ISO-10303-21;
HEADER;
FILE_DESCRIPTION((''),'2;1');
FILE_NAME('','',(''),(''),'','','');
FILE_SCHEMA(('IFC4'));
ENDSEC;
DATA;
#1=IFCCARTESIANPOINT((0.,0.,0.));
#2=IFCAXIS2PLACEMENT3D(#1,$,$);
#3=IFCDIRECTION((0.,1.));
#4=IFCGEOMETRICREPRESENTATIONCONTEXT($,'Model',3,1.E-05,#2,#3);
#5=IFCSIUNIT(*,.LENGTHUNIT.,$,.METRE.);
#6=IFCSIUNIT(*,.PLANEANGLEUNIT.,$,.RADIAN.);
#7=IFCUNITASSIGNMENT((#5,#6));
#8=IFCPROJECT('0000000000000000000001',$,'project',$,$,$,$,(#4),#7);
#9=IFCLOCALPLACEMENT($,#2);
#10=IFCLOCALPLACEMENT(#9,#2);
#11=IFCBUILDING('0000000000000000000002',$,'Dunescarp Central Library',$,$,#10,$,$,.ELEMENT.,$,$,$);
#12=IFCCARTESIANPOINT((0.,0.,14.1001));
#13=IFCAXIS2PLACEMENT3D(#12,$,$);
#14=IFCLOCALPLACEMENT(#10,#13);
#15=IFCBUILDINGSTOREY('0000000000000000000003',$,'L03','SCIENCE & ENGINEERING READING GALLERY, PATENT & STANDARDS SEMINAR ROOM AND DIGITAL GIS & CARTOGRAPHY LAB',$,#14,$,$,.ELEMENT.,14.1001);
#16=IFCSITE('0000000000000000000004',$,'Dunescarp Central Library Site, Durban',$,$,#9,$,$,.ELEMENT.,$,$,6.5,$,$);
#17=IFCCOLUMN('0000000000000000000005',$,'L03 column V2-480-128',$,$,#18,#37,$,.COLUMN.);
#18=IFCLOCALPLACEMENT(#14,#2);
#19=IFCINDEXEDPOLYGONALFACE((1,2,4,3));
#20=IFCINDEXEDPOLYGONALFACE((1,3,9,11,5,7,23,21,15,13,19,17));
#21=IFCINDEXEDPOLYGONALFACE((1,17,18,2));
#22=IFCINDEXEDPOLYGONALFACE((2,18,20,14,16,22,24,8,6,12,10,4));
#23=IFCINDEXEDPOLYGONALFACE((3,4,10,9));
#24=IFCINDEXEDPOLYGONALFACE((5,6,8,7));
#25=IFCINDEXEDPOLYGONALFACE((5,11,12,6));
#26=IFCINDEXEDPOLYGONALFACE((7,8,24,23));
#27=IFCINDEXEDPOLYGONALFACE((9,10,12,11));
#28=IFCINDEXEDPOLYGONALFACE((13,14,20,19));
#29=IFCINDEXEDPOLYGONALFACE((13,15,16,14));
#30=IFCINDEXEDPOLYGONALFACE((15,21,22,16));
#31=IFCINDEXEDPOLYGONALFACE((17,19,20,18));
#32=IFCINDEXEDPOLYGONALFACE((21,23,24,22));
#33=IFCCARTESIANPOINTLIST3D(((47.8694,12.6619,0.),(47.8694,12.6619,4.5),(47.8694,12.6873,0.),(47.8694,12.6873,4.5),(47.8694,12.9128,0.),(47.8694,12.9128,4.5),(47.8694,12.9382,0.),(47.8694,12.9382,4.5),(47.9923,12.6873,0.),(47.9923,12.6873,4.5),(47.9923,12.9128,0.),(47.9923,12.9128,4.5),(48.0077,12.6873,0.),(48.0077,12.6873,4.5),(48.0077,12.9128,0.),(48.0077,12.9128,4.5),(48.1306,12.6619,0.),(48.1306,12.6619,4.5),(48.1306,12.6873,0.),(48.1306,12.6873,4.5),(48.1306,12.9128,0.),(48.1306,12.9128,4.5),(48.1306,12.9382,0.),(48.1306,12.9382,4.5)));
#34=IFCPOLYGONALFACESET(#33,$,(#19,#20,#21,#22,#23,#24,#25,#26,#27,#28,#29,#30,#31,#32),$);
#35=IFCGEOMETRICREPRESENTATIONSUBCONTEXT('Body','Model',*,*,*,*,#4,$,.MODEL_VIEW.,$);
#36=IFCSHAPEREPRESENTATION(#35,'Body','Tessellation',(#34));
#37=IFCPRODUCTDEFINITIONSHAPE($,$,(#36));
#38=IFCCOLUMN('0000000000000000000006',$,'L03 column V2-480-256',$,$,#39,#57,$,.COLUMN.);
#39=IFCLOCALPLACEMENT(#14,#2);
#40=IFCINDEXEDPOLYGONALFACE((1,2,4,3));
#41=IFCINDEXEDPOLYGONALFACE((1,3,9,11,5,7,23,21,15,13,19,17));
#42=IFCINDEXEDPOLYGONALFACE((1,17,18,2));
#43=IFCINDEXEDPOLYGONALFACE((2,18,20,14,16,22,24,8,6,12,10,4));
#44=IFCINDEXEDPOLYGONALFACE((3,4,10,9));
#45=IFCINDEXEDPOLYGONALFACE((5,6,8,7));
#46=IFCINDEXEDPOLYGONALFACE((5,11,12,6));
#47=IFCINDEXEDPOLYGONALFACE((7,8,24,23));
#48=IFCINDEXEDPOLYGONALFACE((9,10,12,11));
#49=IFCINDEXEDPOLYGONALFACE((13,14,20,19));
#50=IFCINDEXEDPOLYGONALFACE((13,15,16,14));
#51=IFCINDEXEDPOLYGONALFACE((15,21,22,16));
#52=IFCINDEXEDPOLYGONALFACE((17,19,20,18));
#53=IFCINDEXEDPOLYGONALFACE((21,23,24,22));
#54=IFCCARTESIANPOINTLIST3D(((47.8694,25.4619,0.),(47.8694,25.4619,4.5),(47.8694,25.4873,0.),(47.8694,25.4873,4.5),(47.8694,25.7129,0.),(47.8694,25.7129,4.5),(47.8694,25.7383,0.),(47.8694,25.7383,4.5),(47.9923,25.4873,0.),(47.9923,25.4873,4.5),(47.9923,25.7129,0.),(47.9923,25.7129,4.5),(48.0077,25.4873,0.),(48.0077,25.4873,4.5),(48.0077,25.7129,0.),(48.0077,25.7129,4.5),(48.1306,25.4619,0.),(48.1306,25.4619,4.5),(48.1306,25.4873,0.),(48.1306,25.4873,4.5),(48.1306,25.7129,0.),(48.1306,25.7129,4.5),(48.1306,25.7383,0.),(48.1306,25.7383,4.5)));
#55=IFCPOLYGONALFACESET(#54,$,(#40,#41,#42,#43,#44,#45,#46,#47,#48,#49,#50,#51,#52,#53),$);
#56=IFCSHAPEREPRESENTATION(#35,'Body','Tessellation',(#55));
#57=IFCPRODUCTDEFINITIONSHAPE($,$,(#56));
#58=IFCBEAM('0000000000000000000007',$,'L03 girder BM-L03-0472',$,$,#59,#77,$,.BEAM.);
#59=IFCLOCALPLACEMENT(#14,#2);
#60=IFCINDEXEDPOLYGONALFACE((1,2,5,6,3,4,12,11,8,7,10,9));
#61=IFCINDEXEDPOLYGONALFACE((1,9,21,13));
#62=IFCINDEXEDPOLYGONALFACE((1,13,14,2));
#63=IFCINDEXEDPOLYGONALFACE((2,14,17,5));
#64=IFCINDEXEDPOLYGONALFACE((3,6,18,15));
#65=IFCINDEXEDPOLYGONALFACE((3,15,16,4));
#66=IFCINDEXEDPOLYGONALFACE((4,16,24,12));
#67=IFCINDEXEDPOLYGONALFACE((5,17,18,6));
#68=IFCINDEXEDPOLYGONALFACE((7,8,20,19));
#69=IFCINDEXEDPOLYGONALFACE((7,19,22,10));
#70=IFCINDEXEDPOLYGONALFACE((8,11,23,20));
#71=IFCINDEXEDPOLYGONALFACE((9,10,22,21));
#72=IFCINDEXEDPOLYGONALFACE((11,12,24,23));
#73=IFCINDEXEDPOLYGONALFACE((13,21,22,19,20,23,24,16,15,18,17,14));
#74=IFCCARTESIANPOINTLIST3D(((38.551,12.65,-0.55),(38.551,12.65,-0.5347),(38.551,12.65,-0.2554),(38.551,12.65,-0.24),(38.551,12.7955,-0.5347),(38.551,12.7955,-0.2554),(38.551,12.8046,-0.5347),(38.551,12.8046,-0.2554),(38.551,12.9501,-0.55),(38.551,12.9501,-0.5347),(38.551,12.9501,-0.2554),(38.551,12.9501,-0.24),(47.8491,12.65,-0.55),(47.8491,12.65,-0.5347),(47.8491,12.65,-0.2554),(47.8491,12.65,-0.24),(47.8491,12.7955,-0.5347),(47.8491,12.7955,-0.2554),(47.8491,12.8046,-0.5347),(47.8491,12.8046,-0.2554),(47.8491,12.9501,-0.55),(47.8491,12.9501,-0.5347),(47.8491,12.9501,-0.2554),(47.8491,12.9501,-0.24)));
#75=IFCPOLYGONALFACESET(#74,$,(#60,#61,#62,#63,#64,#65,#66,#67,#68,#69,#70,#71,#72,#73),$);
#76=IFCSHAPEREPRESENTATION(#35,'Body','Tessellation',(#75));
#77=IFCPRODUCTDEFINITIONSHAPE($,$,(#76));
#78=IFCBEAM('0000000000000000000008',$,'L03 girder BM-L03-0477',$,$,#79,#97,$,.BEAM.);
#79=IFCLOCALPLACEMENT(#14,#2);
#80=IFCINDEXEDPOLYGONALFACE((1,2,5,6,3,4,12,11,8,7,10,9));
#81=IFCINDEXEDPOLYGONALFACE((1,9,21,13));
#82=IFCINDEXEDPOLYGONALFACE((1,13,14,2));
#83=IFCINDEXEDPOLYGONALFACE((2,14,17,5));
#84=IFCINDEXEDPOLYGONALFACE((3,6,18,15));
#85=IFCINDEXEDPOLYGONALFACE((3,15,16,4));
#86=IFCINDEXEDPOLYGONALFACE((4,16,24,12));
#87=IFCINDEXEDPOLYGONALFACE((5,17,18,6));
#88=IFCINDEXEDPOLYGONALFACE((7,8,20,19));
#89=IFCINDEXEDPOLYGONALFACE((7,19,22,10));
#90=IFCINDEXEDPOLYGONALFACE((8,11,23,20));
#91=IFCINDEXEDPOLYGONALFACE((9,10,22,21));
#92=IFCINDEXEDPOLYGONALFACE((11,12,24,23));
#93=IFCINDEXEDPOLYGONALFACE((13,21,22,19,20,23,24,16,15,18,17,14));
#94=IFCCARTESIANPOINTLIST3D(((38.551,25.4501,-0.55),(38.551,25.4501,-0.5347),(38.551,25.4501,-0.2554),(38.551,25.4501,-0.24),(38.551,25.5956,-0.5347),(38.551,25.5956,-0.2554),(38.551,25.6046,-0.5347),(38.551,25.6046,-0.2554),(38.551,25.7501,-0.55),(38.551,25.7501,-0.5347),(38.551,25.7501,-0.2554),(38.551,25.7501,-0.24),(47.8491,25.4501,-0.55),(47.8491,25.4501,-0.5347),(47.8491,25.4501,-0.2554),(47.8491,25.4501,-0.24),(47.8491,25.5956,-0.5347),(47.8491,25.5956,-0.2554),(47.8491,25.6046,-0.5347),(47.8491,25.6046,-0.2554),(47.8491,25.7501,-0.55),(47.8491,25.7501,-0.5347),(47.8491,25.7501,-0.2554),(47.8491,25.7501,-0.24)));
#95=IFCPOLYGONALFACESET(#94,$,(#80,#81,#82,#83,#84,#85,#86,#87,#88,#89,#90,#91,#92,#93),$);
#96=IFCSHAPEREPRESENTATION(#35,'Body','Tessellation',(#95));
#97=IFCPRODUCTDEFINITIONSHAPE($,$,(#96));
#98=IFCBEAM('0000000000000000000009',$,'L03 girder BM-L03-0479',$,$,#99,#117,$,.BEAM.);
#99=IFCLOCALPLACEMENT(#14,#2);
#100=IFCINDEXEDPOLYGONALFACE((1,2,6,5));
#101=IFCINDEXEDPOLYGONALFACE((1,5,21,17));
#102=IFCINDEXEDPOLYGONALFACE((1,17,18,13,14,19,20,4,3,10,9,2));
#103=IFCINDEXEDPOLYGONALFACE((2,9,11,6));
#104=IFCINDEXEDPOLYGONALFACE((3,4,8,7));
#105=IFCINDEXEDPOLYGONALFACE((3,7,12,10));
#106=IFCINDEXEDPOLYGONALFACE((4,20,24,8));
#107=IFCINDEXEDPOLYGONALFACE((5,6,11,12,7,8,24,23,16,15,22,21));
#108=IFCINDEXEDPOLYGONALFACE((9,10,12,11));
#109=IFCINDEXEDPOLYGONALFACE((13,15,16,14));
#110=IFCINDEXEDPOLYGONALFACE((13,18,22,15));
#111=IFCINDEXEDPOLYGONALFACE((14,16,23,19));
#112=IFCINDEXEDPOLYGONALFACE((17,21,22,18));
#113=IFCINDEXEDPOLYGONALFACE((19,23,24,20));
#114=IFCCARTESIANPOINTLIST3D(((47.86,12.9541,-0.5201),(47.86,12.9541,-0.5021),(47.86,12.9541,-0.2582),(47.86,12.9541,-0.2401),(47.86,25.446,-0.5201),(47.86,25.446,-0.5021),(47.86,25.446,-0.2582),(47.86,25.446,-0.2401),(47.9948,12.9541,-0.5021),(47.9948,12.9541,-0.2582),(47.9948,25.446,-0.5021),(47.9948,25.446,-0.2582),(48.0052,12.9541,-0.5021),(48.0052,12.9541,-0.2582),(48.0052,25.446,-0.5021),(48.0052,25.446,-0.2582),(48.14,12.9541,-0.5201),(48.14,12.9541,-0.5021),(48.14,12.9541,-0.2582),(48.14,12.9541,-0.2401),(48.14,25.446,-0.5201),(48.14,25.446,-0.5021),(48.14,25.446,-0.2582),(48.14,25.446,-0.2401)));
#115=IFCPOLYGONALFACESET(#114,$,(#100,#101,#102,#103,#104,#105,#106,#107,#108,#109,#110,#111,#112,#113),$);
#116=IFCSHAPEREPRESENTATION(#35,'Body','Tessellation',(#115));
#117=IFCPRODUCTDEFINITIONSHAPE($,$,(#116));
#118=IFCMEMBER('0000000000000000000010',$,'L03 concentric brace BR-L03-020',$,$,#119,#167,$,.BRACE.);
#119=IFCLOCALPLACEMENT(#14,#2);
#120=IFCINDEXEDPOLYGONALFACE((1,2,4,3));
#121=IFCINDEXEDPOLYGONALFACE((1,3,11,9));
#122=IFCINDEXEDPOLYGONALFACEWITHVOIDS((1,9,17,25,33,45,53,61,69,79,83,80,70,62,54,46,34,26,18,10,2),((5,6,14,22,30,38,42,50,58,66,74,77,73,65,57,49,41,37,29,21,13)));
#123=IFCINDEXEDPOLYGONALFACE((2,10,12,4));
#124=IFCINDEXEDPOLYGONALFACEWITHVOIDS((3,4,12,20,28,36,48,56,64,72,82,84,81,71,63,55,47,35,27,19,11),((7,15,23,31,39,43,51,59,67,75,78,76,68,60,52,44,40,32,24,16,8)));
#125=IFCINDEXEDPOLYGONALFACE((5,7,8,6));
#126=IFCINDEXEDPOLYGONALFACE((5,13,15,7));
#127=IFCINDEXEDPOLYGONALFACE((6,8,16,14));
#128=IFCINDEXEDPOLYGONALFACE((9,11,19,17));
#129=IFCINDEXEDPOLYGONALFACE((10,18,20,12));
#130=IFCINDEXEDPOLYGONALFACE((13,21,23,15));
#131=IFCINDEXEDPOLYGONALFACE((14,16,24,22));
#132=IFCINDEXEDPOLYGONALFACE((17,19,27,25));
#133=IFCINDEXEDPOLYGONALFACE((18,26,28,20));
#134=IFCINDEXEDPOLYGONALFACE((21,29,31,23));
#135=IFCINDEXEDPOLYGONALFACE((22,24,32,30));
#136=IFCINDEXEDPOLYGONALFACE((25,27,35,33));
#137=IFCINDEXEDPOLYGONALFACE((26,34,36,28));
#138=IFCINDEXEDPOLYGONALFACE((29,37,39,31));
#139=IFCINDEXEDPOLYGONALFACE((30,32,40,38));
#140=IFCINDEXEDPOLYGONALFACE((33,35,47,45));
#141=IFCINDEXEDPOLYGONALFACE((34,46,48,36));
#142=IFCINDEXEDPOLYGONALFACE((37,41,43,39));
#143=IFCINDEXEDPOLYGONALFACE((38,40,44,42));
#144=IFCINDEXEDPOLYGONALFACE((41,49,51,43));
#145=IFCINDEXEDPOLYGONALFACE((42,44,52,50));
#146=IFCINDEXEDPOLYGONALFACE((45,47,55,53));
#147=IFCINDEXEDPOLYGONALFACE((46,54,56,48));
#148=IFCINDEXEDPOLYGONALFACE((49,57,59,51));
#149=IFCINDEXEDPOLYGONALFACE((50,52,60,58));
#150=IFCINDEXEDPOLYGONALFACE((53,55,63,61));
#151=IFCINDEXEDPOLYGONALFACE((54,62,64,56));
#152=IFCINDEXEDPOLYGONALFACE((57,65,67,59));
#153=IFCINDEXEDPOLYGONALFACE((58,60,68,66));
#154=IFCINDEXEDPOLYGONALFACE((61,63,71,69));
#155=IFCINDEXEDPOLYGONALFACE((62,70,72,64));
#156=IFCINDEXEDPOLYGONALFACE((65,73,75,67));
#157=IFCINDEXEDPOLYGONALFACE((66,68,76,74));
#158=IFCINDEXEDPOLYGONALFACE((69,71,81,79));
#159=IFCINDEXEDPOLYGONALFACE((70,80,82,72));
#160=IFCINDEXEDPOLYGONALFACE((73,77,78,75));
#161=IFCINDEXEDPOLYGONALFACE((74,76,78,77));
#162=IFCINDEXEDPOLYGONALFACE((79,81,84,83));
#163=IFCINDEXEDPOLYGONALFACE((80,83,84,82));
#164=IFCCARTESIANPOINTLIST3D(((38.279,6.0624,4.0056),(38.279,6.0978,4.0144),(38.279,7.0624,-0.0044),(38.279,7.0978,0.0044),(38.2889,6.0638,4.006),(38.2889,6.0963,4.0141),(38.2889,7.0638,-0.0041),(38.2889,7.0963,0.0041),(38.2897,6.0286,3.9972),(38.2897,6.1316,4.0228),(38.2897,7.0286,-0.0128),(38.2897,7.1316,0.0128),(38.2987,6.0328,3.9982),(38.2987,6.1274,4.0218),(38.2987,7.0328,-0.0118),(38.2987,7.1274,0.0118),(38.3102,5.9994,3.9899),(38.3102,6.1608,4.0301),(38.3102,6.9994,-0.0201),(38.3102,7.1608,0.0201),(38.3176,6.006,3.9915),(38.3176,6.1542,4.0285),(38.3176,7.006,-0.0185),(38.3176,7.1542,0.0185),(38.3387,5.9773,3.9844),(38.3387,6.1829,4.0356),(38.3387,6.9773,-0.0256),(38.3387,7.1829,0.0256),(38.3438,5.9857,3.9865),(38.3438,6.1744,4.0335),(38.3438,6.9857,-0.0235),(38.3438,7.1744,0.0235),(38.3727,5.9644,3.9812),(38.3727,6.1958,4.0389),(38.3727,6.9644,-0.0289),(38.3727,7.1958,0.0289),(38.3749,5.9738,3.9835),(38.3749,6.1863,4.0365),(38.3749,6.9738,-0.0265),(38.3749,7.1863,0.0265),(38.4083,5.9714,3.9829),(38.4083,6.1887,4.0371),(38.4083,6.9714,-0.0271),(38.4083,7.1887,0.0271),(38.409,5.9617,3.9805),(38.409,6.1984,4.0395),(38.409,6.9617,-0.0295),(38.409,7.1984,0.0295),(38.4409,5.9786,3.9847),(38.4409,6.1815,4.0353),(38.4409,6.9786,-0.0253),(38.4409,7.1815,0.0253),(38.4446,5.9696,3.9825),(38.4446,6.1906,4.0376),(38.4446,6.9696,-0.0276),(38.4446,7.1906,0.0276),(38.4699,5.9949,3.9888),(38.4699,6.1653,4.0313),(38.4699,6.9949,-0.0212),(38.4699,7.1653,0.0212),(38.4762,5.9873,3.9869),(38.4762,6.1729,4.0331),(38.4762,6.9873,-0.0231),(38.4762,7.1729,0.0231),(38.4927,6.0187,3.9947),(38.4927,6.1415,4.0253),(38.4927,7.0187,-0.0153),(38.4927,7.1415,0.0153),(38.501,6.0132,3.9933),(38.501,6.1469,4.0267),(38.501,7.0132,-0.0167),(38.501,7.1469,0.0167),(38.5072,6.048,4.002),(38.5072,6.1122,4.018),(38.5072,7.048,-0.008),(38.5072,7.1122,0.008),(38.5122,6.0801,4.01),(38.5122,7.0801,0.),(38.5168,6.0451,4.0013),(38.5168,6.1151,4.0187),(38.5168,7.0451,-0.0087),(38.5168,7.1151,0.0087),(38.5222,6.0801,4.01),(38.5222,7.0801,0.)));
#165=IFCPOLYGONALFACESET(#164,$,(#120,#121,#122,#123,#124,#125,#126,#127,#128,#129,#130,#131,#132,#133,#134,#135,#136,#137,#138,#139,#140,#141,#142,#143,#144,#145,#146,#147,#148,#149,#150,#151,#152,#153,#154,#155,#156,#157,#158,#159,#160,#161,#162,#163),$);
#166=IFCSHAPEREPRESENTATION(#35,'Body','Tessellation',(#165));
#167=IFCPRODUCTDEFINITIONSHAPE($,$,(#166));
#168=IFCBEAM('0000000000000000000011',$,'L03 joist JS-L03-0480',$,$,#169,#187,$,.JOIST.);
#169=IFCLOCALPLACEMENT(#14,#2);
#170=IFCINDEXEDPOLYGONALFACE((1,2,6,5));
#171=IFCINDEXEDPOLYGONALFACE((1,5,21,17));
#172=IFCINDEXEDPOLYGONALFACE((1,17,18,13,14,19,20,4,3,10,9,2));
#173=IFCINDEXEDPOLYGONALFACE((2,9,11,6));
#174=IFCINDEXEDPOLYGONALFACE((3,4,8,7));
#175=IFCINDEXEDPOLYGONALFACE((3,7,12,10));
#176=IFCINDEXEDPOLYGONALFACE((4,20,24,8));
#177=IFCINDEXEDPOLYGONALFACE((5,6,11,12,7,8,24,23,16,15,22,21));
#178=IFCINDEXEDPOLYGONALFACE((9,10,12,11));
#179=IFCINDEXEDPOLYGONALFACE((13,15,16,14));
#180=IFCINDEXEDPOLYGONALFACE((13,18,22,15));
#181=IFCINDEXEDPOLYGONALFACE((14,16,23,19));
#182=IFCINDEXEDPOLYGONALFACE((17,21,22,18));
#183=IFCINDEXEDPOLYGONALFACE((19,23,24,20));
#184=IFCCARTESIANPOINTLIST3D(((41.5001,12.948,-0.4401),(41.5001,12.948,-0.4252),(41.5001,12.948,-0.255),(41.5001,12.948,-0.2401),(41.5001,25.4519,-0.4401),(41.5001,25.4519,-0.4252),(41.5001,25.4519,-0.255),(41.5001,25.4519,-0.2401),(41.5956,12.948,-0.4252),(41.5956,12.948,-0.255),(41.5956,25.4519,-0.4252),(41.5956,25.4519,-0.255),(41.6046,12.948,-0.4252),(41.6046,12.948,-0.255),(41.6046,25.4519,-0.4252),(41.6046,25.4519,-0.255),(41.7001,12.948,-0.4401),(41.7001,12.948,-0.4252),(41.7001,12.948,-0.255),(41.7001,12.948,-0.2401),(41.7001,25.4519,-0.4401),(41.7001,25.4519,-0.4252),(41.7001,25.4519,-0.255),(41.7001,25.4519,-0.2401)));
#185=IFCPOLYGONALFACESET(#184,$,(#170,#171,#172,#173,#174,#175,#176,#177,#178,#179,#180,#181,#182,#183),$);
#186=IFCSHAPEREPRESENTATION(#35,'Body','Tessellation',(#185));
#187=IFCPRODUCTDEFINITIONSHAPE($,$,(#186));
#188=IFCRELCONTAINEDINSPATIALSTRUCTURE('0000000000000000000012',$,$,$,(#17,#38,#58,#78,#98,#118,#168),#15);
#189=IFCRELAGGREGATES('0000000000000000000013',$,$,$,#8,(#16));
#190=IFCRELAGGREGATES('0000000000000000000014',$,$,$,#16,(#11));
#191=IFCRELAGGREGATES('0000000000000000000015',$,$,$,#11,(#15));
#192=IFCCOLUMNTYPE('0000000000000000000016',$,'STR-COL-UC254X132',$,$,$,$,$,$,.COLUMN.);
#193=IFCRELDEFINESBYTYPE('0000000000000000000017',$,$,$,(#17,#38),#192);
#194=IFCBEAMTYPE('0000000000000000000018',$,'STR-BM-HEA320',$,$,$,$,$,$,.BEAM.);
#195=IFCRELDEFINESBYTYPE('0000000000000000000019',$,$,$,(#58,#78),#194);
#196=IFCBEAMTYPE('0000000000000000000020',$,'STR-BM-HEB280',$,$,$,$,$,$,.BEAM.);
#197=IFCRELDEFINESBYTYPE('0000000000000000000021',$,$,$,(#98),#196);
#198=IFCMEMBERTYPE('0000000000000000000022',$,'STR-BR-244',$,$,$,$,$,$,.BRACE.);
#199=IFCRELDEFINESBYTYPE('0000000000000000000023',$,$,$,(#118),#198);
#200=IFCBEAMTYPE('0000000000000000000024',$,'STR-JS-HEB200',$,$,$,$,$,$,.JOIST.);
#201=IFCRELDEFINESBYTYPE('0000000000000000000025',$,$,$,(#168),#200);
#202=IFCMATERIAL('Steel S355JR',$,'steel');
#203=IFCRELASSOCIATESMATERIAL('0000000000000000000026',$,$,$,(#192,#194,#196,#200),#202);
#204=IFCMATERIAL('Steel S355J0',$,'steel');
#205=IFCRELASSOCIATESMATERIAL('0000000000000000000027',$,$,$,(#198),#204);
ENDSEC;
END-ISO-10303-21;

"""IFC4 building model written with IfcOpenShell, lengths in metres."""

from ifc_helpers import new_model, si_unit, direction, frame, origin, origin_2d, place, context, subcontext, project, spatial, hollow_circle, i_section, extrude, material, material_profile, profile_set, type_object, element, save


model = new_model("IFC4")

# Units and contexts
model_context = context("Model", 3, precision=1e-05, world=origin(), true_north=direction((0.0, 1.0)))
body_context = subcontext(model_context, "Body", "Model", "MODEL_VIEW")
ifc_project = project(units=[si_unit("LENGTHUNIT", "METRE"), si_unit("PLANEANGLEUNIT", "RADIAN")], contexts=[model_context])

# Site, building, storey
site_placement = place(None, origin())
site = spatial("IfcSite", under=ifc_project, at=site_placement, Name="Dunescarp Central Library Site, Durban", CompositionType="ELEMENT", RefElevation=6.5)
building_placement = place(site_placement, origin())
building = spatial("IfcBuilding", under=site, at=building_placement, Name="Dunescarp Central Library", CompositionType="ELEMENT")
storey_placement = place(building_placement, frame((0.0, 0.0, 14.1001)))
storey = spatial("IfcBuildingStorey", under=building, at=storey_placement, Name="L03", Description="SCIENCE & ENGINEERING READING GALLERY, PATENT & STANDARDS SEMINAR ROOM AND DIGITAL GIS & CARTOGRAPHY LAB", CompositionType="ELEMENT", Elevation=14.1001)

# Columns
ifc_material_1 = material(Name="Steel S355JR", Category="steel")
ifc_material_profile_1 = material_profile(ifc_material_1, i_section(OverallWidth=0.2612, OverallDepth=0.2764, WebThickness=0.0154, FlangeThickness=0.0254, at=origin_2d()), Name="UC 254x254x132")
ifc_profile_set_1 = profile_set([ifc_material_profile_1], Name="Steel S355JR")
column_type = type_object("IfcColumnType", Name="STR-COL-UC254X132", PredefinedType="COLUMN", material=ifc_profile_set_1)
for number, where, z_axis, x_axis, name in (
    (1, (48.0, 12.8, 0.0), (0.0, 0.0, 1.0), (1.0, 0.0, 0.0), "L03 column V2-480-128"),
    (2, (48.0, 25.6001, 0.0), (0.0, 0.0, 1.0), (1.0, 0.0, 0.0), "L03 column V2-480-256"),
):
    element("IfcColumn", number, at=place(storey_placement, frame(where, z_axis=z_axis, x_axis=x_axis)), inside=storey, type_object=column_type, Name=name, PredefinedType="COLUMN", context=body_context, shape_type="SweptSolid", body=[
        extrude(i_section(OverallWidth=0.2612, OverallDepth=0.2764, WebThickness=0.0154, FlangeThickness=0.0254, at=origin_2d()), origin(), (0.0, 0.0, 1.0), 4.5),
    ])

# Beams
ifc_material_profile_2 = material_profile(ifc_material_1, i_section(OverallWidth=0.3, OverallDepth=0.3101, WebThickness=0.009, FlangeThickness=0.0154, at=origin_2d()), Name="HEA 320")
ifc_profile_set_2 = profile_set([ifc_material_profile_2], Name="Steel S355JR")
beam_type_1 = type_object("IfcBeamType", Name="STR-BM-HEA320", PredefinedType="BEAM", material=ifc_profile_set_2)
for number, where, z_axis, x_axis, name in (
    (3, (38.551, 12.8, -0.395), (1.0, 0.0, 0.0), (0.0, 1.0, 0.0), "L03 girder BM-L03-0472"),
    (4, (38.551, 25.6001, -0.395), (1.0, 0.0, 0.0), (0.0, 1.0, 0.0), "L03 girder BM-L03-0477"),
):
    element("IfcBeam", number, at=place(storey_placement, frame(where, z_axis=z_axis, x_axis=x_axis)), inside=storey, type_object=beam_type_1, Name=name, PredefinedType="BEAM", context=body_context, shape_type="SweptSolid", body=[
        extrude(i_section(OverallWidth=0.3, OverallDepth=0.3101, WebThickness=0.009, FlangeThickness=0.0154, at=origin_2d()), origin(), (0.0, 0.0, 1.0), 9.2981),
    ])
ifc_material_profile_3 = material_profile(ifc_material_1, i_section(OverallWidth=0.28, OverallDepth=0.28, WebThickness=0.0105, FlangeThickness=0.0181, at=origin_2d()), Name="HEB 280")
ifc_profile_set_3 = profile_set([ifc_material_profile_3], Name="Steel S355JR")
beam_type_2 = type_object("IfcBeamType", Name="STR-BM-HEB280", PredefinedType="BEAM", material=ifc_profile_set_3)
beam_placement = place(storey_placement, frame((48.0, 12.9541, -0.3801), z_axis=(0.0, 1.0, 0.0), x_axis=(-1.0, 0.0, 0.0)))
element("IfcBeam", 5, at=beam_placement, inside=storey, type_object=beam_type_2, Name="L03 girder BM-L03-0479", PredefinedType="BEAM", context=body_context, shape_type="SweptSolid", body=[
    extrude(i_section(OverallWidth=0.28, OverallDepth=0.28, WebThickness=0.0105, FlangeThickness=0.0181, at=origin_2d()), origin(), (0.0, 0.0, 1.0), 12.4919),
])

# Member
ifc_material_2 = material(Name="Steel S355J0", Category="steel")
ifc_material_profile_4 = material_profile(ifc_material_2, hollow_circle(Radius=0.1223, WallThickness=0.01, at=origin_2d()), Name="CHS 244.5x10")
ifc_profile_set_4 = profile_set([ifc_material_profile_4], Name="Steel S355J0")
member_type = type_object("IfcMemberType", Name="STR-BR-244", PredefinedType="BRACE", material=ifc_profile_set_4)
member_placement = place(storey_placement, frame((38.3999, 7.0801, 0.0), z_axis=(0.0, -0.241966, 0.970285), x_axis=(1.0, 0.0, 0.0)))
element("IfcMember", 6, at=member_placement, inside=storey, type_object=member_type, Name="L03 concentric brace BR-L03-020", PredefinedType="BRACE", context=body_context, shape_type="SweptSolid", body=[
    extrude(hollow_circle(Radius=0.1223, WallThickness=0.01, at=origin_2d()), origin(), (0.0, 0.0, 1.0), 4.1328),
])

# Beam
ifc_material_profile_5 = material_profile(ifc_material_1, i_section(OverallWidth=0.2, OverallDepth=0.2, WebThickness=0.009, FlangeThickness=0.0149, at=origin_2d()), Name="HEB 200")
ifc_profile_set_5 = profile_set([ifc_material_profile_5], Name="Steel S355JR")
beam_type_3 = type_object("IfcBeamType", Name="STR-JS-HEB200", PredefinedType="JOIST", material=ifc_profile_set_5)
for number, where, z_axis, x_axis, name in (
    (7, (41.6001, 12.948, -0.3401), (0.0, 1.0, 0.0), (-1.0, 0.0, 0.0), "L03 joist JS-L03-0480"),
):
    element("IfcBeam", number, at=place(storey_placement, frame(where, z_axis=z_axis, x_axis=x_axis)), inside=storey, type_object=beam_type_3, Name=name, PredefinedType="JOIST", context=body_context, shape_type="SweptSolid", body=[
        extrude(i_section(OverallWidth=0.2, OverallDepth=0.2, WebThickness=0.009, FlangeThickness=0.0149, at=origin_2d()), origin(), (0.0, 0.0, 1.0), 12.5039),
    ])

save(model, "model.ifc")
